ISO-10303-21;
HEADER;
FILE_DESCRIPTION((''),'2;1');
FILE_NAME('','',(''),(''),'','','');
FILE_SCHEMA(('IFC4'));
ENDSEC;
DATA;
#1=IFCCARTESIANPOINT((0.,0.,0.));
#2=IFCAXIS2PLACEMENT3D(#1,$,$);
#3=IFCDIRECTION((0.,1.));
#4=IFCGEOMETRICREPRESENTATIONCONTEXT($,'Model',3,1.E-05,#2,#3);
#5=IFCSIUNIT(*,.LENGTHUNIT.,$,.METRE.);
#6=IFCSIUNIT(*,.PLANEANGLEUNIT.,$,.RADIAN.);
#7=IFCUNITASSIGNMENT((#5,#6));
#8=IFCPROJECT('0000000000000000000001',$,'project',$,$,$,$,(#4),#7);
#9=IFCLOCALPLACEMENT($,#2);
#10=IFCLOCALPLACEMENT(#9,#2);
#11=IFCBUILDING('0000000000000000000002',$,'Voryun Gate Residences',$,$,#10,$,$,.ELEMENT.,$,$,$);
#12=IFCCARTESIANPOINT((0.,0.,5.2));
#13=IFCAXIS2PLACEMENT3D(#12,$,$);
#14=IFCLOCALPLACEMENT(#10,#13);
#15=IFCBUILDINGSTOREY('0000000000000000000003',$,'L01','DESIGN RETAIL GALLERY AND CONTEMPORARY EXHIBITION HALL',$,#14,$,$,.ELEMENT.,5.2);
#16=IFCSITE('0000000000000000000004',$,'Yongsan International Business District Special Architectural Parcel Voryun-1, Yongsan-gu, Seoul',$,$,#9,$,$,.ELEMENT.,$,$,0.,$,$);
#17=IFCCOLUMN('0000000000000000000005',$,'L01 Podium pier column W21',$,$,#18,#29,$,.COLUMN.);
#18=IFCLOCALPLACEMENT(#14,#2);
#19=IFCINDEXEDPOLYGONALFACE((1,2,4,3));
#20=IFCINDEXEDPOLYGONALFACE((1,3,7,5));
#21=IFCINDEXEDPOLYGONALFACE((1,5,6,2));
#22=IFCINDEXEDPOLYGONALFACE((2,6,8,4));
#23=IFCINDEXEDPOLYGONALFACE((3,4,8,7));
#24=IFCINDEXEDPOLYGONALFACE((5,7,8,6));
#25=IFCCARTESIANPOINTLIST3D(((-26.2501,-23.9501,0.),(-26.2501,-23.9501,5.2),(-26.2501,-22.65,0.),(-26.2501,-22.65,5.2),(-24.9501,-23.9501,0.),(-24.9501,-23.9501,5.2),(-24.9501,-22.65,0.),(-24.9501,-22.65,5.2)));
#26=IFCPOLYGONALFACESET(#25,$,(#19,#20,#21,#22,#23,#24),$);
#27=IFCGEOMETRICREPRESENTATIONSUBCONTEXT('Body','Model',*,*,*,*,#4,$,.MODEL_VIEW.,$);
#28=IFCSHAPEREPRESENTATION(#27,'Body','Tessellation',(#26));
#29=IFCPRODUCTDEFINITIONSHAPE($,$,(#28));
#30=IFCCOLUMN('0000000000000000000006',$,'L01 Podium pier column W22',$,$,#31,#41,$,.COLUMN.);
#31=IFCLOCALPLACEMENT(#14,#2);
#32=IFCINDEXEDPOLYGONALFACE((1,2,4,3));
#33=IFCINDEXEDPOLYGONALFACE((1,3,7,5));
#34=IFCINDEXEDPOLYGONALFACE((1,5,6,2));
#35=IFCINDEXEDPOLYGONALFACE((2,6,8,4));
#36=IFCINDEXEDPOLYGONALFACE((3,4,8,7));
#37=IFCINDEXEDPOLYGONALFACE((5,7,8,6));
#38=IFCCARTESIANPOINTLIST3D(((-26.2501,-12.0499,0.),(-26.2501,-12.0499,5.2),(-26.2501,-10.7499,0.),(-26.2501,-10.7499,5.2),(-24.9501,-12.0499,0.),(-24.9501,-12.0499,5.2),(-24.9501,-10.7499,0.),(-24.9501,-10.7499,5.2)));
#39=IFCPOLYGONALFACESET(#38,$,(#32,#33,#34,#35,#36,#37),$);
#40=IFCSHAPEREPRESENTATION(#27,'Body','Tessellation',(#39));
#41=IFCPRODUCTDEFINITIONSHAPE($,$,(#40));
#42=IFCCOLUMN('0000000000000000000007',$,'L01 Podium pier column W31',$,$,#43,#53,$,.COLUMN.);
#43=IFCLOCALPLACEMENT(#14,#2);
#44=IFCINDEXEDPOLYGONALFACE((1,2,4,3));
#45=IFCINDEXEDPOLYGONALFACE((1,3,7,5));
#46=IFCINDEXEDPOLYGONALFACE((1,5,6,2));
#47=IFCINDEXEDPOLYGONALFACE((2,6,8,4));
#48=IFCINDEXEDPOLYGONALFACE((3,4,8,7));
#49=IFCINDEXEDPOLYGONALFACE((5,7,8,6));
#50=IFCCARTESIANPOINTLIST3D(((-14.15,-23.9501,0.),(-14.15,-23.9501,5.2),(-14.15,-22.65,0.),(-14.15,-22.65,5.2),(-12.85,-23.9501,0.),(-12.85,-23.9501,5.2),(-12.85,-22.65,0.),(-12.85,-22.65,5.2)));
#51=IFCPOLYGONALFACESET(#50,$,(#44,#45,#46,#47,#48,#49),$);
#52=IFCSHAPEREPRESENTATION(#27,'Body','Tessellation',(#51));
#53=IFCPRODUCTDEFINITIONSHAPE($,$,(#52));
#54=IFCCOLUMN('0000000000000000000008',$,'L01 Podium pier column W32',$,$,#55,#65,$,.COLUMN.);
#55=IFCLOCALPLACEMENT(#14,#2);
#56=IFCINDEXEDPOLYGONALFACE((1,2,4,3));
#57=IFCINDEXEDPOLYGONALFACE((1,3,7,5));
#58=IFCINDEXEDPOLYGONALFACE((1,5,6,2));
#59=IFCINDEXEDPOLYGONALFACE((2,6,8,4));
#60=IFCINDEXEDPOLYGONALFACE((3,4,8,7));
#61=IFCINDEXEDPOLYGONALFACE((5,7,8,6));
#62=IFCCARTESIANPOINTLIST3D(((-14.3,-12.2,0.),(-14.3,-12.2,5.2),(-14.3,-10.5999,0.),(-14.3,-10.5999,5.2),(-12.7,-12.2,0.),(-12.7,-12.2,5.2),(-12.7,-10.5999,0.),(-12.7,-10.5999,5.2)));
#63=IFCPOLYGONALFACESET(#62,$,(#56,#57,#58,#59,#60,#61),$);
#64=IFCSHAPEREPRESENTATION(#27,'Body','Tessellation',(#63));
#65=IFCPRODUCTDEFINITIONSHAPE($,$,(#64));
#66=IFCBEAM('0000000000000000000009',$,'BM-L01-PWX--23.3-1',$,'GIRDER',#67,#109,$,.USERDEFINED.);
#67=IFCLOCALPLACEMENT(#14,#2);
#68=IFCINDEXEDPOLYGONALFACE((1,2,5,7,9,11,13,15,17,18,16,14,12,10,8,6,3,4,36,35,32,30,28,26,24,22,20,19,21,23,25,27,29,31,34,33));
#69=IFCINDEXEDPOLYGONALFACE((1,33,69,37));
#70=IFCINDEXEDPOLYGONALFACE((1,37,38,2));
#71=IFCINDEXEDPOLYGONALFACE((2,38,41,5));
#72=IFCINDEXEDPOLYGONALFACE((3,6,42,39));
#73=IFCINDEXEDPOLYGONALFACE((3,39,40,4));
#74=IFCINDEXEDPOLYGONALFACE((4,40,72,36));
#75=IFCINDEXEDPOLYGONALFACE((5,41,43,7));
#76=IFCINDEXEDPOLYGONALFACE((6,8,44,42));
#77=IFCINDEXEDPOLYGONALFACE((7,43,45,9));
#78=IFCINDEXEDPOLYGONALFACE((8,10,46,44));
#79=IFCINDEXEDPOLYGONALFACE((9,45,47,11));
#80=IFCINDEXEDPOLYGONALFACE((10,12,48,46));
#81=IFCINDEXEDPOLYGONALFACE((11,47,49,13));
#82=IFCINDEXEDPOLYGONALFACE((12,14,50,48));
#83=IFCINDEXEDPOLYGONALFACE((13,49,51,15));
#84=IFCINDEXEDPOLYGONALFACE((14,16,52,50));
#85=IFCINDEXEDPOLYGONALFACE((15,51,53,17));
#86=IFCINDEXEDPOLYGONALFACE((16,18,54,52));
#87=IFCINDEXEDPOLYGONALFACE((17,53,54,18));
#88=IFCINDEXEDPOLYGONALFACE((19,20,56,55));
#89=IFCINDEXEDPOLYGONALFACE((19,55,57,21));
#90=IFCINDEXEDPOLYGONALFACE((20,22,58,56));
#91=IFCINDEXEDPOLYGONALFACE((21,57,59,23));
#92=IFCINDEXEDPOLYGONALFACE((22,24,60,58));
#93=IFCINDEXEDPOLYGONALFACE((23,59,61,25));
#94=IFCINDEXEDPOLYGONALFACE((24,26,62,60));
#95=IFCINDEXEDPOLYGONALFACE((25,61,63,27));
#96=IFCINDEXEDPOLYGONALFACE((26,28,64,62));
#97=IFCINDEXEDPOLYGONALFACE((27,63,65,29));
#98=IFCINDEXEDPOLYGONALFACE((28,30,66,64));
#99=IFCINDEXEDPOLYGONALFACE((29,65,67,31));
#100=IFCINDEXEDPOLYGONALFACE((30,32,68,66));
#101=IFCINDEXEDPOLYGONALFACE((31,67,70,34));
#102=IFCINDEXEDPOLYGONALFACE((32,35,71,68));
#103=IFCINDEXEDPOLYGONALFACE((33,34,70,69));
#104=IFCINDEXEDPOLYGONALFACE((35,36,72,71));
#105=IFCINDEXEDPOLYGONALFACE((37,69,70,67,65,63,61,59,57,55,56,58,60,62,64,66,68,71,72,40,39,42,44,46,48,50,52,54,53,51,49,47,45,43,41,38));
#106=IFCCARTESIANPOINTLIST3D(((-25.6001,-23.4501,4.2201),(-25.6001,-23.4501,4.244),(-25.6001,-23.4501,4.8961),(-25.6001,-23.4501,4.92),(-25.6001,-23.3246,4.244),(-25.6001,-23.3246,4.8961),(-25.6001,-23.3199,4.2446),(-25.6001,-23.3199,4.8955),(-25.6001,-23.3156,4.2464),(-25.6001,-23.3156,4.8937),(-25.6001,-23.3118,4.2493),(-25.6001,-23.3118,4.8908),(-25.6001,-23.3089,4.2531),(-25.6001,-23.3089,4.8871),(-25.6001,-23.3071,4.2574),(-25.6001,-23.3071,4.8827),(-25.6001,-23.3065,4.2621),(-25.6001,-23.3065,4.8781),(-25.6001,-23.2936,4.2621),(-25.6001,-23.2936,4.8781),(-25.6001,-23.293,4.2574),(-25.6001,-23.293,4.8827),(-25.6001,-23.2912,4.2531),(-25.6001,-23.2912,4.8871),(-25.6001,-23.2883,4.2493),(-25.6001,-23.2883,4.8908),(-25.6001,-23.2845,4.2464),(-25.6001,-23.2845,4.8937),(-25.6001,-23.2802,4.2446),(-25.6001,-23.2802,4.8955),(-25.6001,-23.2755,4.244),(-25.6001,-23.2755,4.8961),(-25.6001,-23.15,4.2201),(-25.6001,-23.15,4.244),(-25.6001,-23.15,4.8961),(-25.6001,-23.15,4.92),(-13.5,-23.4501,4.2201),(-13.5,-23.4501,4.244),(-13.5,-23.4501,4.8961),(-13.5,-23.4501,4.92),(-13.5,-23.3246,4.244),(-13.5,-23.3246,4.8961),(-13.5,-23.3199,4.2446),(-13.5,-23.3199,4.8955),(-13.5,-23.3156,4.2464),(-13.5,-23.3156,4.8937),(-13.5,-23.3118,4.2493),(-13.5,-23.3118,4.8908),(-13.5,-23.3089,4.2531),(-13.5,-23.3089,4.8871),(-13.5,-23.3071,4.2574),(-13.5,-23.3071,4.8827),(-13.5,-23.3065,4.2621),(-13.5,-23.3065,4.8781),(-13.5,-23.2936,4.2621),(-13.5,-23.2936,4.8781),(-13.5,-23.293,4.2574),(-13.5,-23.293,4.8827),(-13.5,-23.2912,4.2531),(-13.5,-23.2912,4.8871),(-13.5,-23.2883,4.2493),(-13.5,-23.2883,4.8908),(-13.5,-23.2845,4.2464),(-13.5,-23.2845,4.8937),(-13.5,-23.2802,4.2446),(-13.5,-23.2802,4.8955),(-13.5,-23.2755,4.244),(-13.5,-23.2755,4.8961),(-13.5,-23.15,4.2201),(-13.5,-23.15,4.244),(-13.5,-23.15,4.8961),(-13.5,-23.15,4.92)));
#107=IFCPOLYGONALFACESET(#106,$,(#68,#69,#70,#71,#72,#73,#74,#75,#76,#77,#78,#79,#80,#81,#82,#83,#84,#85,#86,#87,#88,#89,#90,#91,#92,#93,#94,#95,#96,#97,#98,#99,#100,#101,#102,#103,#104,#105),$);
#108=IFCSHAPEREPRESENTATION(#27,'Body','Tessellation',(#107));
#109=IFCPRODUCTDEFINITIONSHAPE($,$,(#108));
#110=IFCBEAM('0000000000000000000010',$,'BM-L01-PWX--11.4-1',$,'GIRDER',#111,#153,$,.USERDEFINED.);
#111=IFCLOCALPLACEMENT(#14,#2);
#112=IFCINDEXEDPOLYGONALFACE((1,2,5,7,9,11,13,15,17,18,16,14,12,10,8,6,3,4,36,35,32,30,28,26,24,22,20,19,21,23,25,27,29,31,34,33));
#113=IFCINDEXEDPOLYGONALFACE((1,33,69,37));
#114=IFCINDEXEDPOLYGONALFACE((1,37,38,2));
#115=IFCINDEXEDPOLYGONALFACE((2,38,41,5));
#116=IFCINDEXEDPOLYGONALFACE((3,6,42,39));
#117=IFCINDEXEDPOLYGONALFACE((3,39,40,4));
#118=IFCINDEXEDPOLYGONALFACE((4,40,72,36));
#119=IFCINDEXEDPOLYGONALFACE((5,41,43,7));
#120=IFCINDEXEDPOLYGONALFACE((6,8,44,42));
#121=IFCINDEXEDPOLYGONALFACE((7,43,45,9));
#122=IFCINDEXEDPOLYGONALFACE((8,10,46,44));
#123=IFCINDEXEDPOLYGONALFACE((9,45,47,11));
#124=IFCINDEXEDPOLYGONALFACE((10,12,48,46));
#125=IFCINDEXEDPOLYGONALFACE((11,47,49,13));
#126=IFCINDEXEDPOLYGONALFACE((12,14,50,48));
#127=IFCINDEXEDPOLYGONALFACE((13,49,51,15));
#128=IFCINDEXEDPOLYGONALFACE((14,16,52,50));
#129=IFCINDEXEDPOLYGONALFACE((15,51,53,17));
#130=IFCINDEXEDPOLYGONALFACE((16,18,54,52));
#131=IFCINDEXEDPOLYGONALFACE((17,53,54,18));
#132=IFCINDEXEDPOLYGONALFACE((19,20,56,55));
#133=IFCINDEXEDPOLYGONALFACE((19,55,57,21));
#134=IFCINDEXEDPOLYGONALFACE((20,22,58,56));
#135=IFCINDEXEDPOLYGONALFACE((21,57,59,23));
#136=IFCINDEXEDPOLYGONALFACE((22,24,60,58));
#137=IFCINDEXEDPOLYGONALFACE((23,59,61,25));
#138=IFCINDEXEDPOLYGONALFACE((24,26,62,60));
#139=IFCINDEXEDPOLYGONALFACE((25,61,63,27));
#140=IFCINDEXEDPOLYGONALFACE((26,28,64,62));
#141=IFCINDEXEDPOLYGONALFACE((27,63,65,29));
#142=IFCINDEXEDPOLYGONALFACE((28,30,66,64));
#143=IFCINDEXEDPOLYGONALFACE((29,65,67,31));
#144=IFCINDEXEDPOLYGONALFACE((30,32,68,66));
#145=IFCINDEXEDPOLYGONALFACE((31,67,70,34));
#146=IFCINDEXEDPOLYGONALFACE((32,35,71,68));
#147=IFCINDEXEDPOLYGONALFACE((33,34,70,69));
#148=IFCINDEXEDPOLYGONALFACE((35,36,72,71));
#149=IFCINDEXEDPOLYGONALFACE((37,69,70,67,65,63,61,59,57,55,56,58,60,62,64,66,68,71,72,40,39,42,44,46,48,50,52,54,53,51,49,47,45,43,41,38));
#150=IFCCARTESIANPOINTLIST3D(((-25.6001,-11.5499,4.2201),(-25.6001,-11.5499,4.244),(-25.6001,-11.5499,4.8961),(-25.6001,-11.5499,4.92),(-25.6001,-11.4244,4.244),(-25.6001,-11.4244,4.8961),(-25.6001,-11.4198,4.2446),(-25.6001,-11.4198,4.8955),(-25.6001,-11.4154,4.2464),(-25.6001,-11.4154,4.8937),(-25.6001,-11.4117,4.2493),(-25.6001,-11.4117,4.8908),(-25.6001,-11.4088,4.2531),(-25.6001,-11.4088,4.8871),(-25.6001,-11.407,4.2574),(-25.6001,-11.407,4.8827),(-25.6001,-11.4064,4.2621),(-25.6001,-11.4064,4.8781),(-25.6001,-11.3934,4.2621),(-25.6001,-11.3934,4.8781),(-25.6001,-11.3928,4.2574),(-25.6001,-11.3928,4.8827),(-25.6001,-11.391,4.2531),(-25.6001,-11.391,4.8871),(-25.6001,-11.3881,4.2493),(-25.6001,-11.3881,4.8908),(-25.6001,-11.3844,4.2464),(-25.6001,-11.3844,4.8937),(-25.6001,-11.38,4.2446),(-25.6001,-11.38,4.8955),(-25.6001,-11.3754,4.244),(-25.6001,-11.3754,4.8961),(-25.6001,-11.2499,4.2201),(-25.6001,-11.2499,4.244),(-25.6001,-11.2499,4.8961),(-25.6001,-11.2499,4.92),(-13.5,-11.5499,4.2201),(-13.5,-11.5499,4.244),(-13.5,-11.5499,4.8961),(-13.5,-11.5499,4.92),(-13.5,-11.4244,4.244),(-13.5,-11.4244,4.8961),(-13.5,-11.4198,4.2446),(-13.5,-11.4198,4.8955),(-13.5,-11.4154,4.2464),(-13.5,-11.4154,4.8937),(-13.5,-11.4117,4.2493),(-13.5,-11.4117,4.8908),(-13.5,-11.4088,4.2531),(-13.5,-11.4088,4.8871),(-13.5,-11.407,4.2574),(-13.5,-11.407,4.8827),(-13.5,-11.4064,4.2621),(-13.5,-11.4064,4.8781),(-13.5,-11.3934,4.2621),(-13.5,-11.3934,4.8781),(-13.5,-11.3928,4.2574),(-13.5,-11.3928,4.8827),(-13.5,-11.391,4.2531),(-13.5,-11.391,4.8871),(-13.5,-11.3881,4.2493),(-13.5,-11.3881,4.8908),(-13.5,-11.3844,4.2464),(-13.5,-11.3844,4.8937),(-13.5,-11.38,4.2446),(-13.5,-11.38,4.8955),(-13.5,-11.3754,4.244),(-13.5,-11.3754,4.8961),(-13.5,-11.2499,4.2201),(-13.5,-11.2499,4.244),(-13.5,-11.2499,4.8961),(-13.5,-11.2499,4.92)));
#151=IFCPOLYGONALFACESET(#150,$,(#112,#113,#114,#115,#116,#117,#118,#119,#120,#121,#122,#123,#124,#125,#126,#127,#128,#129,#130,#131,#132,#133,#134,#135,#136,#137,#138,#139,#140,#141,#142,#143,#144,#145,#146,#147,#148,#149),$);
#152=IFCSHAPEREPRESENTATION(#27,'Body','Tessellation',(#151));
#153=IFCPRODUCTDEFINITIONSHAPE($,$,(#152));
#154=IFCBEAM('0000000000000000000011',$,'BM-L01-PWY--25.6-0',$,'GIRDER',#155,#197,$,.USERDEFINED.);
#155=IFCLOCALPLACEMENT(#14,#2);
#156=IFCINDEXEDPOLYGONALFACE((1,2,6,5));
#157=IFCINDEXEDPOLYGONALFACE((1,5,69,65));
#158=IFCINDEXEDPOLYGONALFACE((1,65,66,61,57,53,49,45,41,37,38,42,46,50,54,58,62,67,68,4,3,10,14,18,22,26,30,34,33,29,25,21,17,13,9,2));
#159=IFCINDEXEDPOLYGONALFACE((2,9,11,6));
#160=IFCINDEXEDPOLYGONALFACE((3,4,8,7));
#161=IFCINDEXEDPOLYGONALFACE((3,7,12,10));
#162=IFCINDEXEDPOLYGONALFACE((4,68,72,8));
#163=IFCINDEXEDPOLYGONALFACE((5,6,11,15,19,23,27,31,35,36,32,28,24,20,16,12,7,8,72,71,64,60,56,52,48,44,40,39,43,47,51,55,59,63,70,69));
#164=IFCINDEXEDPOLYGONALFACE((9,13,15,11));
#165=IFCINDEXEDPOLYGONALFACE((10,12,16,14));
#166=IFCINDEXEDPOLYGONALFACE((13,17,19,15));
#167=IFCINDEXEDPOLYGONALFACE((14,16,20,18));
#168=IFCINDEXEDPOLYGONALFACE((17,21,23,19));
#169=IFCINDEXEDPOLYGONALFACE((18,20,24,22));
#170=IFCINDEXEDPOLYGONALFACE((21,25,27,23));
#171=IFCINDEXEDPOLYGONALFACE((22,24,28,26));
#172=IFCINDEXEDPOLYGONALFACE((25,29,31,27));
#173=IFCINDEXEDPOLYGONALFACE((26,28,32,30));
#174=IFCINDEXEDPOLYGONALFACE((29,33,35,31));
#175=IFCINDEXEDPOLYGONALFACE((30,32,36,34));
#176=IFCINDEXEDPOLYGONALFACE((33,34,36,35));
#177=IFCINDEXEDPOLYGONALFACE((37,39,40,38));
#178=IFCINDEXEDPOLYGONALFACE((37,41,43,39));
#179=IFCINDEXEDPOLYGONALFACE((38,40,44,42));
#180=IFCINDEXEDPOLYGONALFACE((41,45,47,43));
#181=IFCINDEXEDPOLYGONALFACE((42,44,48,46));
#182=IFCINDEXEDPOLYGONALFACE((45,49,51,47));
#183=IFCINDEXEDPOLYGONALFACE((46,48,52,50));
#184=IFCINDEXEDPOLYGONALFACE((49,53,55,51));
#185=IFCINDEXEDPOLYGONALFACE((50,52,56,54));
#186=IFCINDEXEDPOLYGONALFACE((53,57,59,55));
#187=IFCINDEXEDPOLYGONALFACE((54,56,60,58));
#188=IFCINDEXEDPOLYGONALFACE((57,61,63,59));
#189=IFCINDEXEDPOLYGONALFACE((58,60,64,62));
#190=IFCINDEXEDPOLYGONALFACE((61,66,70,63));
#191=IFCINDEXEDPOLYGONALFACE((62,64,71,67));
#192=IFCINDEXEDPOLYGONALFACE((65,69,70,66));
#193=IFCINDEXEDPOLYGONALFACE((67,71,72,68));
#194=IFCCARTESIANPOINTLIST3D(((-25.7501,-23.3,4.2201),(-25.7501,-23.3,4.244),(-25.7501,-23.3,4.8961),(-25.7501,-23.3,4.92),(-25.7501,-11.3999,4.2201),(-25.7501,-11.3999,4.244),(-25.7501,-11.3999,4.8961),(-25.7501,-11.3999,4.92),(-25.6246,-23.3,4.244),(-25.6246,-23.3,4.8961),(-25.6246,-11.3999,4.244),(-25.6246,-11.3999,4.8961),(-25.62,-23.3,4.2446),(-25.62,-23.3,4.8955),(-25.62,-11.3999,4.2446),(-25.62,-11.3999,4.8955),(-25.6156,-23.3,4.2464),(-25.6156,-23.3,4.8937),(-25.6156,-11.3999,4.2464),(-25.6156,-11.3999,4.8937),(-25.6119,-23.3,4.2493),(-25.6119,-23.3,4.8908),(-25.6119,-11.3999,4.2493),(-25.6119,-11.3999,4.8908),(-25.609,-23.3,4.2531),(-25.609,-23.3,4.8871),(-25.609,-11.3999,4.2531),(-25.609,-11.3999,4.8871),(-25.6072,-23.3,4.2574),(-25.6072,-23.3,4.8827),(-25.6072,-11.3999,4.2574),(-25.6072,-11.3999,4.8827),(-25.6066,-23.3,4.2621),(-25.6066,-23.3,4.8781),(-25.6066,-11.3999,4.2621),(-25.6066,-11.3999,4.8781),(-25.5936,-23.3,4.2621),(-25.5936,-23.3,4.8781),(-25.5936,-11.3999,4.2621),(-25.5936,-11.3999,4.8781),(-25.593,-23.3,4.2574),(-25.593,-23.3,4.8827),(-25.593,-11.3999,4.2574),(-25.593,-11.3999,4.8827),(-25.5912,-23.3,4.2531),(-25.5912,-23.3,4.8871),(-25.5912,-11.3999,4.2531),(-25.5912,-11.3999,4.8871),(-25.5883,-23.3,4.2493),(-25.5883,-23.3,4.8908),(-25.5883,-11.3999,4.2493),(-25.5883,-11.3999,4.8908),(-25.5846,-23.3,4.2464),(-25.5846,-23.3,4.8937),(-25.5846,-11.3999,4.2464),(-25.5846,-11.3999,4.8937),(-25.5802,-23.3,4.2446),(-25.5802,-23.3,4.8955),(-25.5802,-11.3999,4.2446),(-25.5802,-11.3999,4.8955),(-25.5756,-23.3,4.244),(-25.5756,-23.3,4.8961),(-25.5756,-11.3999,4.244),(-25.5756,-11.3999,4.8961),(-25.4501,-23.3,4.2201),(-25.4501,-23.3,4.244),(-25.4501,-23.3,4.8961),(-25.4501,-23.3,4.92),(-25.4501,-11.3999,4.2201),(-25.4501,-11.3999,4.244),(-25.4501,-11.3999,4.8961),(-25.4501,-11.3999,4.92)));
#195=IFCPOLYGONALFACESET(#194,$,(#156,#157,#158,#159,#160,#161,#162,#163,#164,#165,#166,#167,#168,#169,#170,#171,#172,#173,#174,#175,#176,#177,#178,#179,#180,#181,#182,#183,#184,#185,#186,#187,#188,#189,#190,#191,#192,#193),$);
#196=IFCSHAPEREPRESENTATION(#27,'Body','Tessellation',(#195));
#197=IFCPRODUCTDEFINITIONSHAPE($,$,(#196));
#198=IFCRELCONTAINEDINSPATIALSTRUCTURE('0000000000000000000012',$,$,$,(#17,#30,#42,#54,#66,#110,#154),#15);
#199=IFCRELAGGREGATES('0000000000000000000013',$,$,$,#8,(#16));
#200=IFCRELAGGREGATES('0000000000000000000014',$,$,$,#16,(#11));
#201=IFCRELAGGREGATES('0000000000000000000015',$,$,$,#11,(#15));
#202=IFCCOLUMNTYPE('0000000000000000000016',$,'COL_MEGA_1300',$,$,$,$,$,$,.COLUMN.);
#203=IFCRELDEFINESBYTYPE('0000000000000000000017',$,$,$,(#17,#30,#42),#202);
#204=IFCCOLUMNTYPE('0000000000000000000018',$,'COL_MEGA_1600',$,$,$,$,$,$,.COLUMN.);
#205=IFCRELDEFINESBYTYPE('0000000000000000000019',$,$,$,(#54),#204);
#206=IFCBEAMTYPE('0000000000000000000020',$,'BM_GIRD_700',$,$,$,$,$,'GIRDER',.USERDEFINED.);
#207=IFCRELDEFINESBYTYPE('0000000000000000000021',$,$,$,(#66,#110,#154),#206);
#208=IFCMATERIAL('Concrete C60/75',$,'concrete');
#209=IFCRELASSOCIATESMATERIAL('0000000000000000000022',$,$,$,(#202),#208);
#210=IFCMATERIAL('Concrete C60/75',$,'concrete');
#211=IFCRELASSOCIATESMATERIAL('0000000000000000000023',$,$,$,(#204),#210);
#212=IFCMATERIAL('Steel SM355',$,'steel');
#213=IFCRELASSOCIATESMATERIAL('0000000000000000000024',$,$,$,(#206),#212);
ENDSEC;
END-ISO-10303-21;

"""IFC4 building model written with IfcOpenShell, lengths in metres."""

from ifc_helpers import new_model, si_unit, direction, frame, origin, origin_2d, place, context, subcontext, project, spatial, rectangle, i_section, extrude, material, material_profile, profile_set, type_object, element, save


model = new_model("IFC4")

# Units and contexts
model_context = context("Model", 3, precision=1e-05, world=origin(), true_north=direction((0.0, 1.0)))
body_context = subcontext(model_context, "Body", "Model", "MODEL_VIEW")
ifc_project = project(units=[si_unit("LENGTHUNIT", "METRE"), si_unit("PLANEANGLEUNIT", "RADIAN")], contexts=[model_context])

# Site, building, storey
site_placement = place(None, origin())
site = spatial("IfcSite", under=ifc_project, at=site_placement, Name="Yongsan International Business District Special Architectural Parcel Voryun-1, Yongsan-gu, Seoul", CompositionType="ELEMENT", RefElevation=0.0)
building_placement = place(site_placement, origin())
building = spatial("IfcBuilding", under=site, at=building_placement, Name="Voryun Gate Residences", CompositionType="ELEMENT")
storey_placement = place(building_placement, frame((0.0, 0.0, 5.2)))
storey = spatial("IfcBuildingStorey", under=building, at=storey_placement, Name="L01", Description="DESIGN RETAIL GALLERY AND CONTEMPORARY EXHIBITION HALL", CompositionType="ELEMENT", Elevation=5.2)

# Columns
ifc_material_1 = material(Name="Concrete C60/75", Category="concrete")
ifc_material_profile_1 = material_profile(ifc_material_1, rectangle(XDim=1.3, YDim=1.3, at=origin_2d()), Name="RC-1300x1300")
ifc_profile_set_1 = profile_set([ifc_material_profile_1], Name="Concrete C60/75")
column_type_1 = type_object("IfcColumnType", Name="COL_MEGA_1300", PredefinedType="COLUMN", material=ifc_profile_set_1)
for number, where, z_axis, x_axis, name in (
    (1, (-25.6001, -23.3, 0.0), (0.0, 0.0, 1.0), (1.0, 0.0, 0.0), "L01 Podium pier column W21"),
    (2, (-25.6001, -11.3999, 0.0), (0.0, 0.0, 1.0), (1.0, 0.0, 0.0), "L01 Podium pier column W22"),
    (3, (-13.5, -23.3, 0.0), (0.0, 0.0, 1.0), (1.0, 0.0, 0.0), "L01 Podium pier column W31"),
):
    element("IfcColumn", number, at=place(storey_placement, frame(where, z_axis=z_axis, x_axis=x_axis)), inside=storey, type_object=column_type_1, Name=name, PredefinedType="COLUMN", context=body_context, shape_type="SweptSolid", body=[
        extrude(rectangle(XDim=1.3, YDim=1.3, at=origin_2d()), origin(), (0.0, 0.0, 1.0), 5.2),
    ])
ifc_material_2 = material(Name="Concrete C60/75", Category="concrete")
ifc_material_profile_2 = material_profile(ifc_material_2, rectangle(XDim=1.6001, YDim=1.6001, at=origin_2d()), Name="RC-1600x1600")
ifc_profile_set_2 = profile_set([ifc_material_profile_2], Name="Concrete C60/75")
column_type_2 = type_object("IfcColumnType", Name="COL_MEGA_1600", PredefinedType="COLUMN", material=ifc_profile_set_2)
column_placement = place(storey_placement, frame((-13.5, -11.3999, 0.0), z_axis=(0.0, 0.0, 1.0), x_axis=(1.0, 0.0, 0.0)))
element("IfcColumn", 4, at=column_placement, inside=storey, type_object=column_type_2, Name="L01 Podium pier column W32", PredefinedType="COLUMN", context=body_context, shape_type="SweptSolid", body=[
    extrude(rectangle(XDim=1.6001, YDim=1.6001, at=origin_2d()), origin(), (0.0, 0.0, 1.0), 5.2),
])

# Beams
ifc_material_3 = material(Name="Steel SM355", Category="steel")
ifc_material_profile_3 = material_profile(ifc_material_3, i_section(OverallWidth=0.3, OverallDepth=0.7, WebThickness=0.0129, FlangeThickness=0.0239, FilletRadius=0.0181, at=origin_2d()), Name="H-700x300x13x24")
ifc_profile_set_3 = profile_set([ifc_material_profile_3], Name="Steel SM355")
beam_type = type_object("IfcBeamType", Name="BM_GIRD_700", ElementType="GIRDER", PredefinedType="USERDEFINED", material=ifc_profile_set_3)
for number, where, z_axis, x_axis, name in (
    (5, (-25.6001, -23.3, 4.5701), (1.0, 0.0, 0.0), (0.0, 1.0, 0.0), "BM-L01-PWX--23.3-1"),
    (6, (-25.6001, -11.3999, 4.5701), (1.0, 0.0, 0.0), (0.0, 1.0, 0.0), "BM-L01-PWX--11.4-1"),
):
    element("IfcBeam", number, at=place(storey_placement, frame(where, z_axis=z_axis, x_axis=x_axis)), inside=storey, type_object=beam_type, Name=name, ObjectType="GIRDER", PredefinedType="USERDEFINED", context=body_context, shape_type="SweptSolid", body=[
        extrude(i_section(OverallWidth=0.3, OverallDepth=0.7, WebThickness=0.0129, FlangeThickness=0.0239, FilletRadius=0.0181, at=origin_2d()), origin(), (0.0, 0.0, 1.0), 12.1001),
    ])
beam_1_placement = place(storey_placement, frame((-25.6001, -23.3, 4.5701), z_axis=(0.0, 1.0, 0.0), x_axis=(-1.0, 0.0, 0.0)))
element("IfcBeam", 7, at=beam_1_placement, inside=storey, type_object=beam_type, Name="BM-L01-PWY--25.6-0", ObjectType="GIRDER", PredefinedType="USERDEFINED", context=body_context, shape_type="SweptSolid", body=[
    extrude(i_section(OverallWidth=0.3, OverallDepth=0.7, WebThickness=0.0129, FlangeThickness=0.0239, FilletRadius=0.0181, at=origin_2d()), origin(), (0.0, 0.0, 1.0), 11.9001),
])

save(model, "model.ifc")
